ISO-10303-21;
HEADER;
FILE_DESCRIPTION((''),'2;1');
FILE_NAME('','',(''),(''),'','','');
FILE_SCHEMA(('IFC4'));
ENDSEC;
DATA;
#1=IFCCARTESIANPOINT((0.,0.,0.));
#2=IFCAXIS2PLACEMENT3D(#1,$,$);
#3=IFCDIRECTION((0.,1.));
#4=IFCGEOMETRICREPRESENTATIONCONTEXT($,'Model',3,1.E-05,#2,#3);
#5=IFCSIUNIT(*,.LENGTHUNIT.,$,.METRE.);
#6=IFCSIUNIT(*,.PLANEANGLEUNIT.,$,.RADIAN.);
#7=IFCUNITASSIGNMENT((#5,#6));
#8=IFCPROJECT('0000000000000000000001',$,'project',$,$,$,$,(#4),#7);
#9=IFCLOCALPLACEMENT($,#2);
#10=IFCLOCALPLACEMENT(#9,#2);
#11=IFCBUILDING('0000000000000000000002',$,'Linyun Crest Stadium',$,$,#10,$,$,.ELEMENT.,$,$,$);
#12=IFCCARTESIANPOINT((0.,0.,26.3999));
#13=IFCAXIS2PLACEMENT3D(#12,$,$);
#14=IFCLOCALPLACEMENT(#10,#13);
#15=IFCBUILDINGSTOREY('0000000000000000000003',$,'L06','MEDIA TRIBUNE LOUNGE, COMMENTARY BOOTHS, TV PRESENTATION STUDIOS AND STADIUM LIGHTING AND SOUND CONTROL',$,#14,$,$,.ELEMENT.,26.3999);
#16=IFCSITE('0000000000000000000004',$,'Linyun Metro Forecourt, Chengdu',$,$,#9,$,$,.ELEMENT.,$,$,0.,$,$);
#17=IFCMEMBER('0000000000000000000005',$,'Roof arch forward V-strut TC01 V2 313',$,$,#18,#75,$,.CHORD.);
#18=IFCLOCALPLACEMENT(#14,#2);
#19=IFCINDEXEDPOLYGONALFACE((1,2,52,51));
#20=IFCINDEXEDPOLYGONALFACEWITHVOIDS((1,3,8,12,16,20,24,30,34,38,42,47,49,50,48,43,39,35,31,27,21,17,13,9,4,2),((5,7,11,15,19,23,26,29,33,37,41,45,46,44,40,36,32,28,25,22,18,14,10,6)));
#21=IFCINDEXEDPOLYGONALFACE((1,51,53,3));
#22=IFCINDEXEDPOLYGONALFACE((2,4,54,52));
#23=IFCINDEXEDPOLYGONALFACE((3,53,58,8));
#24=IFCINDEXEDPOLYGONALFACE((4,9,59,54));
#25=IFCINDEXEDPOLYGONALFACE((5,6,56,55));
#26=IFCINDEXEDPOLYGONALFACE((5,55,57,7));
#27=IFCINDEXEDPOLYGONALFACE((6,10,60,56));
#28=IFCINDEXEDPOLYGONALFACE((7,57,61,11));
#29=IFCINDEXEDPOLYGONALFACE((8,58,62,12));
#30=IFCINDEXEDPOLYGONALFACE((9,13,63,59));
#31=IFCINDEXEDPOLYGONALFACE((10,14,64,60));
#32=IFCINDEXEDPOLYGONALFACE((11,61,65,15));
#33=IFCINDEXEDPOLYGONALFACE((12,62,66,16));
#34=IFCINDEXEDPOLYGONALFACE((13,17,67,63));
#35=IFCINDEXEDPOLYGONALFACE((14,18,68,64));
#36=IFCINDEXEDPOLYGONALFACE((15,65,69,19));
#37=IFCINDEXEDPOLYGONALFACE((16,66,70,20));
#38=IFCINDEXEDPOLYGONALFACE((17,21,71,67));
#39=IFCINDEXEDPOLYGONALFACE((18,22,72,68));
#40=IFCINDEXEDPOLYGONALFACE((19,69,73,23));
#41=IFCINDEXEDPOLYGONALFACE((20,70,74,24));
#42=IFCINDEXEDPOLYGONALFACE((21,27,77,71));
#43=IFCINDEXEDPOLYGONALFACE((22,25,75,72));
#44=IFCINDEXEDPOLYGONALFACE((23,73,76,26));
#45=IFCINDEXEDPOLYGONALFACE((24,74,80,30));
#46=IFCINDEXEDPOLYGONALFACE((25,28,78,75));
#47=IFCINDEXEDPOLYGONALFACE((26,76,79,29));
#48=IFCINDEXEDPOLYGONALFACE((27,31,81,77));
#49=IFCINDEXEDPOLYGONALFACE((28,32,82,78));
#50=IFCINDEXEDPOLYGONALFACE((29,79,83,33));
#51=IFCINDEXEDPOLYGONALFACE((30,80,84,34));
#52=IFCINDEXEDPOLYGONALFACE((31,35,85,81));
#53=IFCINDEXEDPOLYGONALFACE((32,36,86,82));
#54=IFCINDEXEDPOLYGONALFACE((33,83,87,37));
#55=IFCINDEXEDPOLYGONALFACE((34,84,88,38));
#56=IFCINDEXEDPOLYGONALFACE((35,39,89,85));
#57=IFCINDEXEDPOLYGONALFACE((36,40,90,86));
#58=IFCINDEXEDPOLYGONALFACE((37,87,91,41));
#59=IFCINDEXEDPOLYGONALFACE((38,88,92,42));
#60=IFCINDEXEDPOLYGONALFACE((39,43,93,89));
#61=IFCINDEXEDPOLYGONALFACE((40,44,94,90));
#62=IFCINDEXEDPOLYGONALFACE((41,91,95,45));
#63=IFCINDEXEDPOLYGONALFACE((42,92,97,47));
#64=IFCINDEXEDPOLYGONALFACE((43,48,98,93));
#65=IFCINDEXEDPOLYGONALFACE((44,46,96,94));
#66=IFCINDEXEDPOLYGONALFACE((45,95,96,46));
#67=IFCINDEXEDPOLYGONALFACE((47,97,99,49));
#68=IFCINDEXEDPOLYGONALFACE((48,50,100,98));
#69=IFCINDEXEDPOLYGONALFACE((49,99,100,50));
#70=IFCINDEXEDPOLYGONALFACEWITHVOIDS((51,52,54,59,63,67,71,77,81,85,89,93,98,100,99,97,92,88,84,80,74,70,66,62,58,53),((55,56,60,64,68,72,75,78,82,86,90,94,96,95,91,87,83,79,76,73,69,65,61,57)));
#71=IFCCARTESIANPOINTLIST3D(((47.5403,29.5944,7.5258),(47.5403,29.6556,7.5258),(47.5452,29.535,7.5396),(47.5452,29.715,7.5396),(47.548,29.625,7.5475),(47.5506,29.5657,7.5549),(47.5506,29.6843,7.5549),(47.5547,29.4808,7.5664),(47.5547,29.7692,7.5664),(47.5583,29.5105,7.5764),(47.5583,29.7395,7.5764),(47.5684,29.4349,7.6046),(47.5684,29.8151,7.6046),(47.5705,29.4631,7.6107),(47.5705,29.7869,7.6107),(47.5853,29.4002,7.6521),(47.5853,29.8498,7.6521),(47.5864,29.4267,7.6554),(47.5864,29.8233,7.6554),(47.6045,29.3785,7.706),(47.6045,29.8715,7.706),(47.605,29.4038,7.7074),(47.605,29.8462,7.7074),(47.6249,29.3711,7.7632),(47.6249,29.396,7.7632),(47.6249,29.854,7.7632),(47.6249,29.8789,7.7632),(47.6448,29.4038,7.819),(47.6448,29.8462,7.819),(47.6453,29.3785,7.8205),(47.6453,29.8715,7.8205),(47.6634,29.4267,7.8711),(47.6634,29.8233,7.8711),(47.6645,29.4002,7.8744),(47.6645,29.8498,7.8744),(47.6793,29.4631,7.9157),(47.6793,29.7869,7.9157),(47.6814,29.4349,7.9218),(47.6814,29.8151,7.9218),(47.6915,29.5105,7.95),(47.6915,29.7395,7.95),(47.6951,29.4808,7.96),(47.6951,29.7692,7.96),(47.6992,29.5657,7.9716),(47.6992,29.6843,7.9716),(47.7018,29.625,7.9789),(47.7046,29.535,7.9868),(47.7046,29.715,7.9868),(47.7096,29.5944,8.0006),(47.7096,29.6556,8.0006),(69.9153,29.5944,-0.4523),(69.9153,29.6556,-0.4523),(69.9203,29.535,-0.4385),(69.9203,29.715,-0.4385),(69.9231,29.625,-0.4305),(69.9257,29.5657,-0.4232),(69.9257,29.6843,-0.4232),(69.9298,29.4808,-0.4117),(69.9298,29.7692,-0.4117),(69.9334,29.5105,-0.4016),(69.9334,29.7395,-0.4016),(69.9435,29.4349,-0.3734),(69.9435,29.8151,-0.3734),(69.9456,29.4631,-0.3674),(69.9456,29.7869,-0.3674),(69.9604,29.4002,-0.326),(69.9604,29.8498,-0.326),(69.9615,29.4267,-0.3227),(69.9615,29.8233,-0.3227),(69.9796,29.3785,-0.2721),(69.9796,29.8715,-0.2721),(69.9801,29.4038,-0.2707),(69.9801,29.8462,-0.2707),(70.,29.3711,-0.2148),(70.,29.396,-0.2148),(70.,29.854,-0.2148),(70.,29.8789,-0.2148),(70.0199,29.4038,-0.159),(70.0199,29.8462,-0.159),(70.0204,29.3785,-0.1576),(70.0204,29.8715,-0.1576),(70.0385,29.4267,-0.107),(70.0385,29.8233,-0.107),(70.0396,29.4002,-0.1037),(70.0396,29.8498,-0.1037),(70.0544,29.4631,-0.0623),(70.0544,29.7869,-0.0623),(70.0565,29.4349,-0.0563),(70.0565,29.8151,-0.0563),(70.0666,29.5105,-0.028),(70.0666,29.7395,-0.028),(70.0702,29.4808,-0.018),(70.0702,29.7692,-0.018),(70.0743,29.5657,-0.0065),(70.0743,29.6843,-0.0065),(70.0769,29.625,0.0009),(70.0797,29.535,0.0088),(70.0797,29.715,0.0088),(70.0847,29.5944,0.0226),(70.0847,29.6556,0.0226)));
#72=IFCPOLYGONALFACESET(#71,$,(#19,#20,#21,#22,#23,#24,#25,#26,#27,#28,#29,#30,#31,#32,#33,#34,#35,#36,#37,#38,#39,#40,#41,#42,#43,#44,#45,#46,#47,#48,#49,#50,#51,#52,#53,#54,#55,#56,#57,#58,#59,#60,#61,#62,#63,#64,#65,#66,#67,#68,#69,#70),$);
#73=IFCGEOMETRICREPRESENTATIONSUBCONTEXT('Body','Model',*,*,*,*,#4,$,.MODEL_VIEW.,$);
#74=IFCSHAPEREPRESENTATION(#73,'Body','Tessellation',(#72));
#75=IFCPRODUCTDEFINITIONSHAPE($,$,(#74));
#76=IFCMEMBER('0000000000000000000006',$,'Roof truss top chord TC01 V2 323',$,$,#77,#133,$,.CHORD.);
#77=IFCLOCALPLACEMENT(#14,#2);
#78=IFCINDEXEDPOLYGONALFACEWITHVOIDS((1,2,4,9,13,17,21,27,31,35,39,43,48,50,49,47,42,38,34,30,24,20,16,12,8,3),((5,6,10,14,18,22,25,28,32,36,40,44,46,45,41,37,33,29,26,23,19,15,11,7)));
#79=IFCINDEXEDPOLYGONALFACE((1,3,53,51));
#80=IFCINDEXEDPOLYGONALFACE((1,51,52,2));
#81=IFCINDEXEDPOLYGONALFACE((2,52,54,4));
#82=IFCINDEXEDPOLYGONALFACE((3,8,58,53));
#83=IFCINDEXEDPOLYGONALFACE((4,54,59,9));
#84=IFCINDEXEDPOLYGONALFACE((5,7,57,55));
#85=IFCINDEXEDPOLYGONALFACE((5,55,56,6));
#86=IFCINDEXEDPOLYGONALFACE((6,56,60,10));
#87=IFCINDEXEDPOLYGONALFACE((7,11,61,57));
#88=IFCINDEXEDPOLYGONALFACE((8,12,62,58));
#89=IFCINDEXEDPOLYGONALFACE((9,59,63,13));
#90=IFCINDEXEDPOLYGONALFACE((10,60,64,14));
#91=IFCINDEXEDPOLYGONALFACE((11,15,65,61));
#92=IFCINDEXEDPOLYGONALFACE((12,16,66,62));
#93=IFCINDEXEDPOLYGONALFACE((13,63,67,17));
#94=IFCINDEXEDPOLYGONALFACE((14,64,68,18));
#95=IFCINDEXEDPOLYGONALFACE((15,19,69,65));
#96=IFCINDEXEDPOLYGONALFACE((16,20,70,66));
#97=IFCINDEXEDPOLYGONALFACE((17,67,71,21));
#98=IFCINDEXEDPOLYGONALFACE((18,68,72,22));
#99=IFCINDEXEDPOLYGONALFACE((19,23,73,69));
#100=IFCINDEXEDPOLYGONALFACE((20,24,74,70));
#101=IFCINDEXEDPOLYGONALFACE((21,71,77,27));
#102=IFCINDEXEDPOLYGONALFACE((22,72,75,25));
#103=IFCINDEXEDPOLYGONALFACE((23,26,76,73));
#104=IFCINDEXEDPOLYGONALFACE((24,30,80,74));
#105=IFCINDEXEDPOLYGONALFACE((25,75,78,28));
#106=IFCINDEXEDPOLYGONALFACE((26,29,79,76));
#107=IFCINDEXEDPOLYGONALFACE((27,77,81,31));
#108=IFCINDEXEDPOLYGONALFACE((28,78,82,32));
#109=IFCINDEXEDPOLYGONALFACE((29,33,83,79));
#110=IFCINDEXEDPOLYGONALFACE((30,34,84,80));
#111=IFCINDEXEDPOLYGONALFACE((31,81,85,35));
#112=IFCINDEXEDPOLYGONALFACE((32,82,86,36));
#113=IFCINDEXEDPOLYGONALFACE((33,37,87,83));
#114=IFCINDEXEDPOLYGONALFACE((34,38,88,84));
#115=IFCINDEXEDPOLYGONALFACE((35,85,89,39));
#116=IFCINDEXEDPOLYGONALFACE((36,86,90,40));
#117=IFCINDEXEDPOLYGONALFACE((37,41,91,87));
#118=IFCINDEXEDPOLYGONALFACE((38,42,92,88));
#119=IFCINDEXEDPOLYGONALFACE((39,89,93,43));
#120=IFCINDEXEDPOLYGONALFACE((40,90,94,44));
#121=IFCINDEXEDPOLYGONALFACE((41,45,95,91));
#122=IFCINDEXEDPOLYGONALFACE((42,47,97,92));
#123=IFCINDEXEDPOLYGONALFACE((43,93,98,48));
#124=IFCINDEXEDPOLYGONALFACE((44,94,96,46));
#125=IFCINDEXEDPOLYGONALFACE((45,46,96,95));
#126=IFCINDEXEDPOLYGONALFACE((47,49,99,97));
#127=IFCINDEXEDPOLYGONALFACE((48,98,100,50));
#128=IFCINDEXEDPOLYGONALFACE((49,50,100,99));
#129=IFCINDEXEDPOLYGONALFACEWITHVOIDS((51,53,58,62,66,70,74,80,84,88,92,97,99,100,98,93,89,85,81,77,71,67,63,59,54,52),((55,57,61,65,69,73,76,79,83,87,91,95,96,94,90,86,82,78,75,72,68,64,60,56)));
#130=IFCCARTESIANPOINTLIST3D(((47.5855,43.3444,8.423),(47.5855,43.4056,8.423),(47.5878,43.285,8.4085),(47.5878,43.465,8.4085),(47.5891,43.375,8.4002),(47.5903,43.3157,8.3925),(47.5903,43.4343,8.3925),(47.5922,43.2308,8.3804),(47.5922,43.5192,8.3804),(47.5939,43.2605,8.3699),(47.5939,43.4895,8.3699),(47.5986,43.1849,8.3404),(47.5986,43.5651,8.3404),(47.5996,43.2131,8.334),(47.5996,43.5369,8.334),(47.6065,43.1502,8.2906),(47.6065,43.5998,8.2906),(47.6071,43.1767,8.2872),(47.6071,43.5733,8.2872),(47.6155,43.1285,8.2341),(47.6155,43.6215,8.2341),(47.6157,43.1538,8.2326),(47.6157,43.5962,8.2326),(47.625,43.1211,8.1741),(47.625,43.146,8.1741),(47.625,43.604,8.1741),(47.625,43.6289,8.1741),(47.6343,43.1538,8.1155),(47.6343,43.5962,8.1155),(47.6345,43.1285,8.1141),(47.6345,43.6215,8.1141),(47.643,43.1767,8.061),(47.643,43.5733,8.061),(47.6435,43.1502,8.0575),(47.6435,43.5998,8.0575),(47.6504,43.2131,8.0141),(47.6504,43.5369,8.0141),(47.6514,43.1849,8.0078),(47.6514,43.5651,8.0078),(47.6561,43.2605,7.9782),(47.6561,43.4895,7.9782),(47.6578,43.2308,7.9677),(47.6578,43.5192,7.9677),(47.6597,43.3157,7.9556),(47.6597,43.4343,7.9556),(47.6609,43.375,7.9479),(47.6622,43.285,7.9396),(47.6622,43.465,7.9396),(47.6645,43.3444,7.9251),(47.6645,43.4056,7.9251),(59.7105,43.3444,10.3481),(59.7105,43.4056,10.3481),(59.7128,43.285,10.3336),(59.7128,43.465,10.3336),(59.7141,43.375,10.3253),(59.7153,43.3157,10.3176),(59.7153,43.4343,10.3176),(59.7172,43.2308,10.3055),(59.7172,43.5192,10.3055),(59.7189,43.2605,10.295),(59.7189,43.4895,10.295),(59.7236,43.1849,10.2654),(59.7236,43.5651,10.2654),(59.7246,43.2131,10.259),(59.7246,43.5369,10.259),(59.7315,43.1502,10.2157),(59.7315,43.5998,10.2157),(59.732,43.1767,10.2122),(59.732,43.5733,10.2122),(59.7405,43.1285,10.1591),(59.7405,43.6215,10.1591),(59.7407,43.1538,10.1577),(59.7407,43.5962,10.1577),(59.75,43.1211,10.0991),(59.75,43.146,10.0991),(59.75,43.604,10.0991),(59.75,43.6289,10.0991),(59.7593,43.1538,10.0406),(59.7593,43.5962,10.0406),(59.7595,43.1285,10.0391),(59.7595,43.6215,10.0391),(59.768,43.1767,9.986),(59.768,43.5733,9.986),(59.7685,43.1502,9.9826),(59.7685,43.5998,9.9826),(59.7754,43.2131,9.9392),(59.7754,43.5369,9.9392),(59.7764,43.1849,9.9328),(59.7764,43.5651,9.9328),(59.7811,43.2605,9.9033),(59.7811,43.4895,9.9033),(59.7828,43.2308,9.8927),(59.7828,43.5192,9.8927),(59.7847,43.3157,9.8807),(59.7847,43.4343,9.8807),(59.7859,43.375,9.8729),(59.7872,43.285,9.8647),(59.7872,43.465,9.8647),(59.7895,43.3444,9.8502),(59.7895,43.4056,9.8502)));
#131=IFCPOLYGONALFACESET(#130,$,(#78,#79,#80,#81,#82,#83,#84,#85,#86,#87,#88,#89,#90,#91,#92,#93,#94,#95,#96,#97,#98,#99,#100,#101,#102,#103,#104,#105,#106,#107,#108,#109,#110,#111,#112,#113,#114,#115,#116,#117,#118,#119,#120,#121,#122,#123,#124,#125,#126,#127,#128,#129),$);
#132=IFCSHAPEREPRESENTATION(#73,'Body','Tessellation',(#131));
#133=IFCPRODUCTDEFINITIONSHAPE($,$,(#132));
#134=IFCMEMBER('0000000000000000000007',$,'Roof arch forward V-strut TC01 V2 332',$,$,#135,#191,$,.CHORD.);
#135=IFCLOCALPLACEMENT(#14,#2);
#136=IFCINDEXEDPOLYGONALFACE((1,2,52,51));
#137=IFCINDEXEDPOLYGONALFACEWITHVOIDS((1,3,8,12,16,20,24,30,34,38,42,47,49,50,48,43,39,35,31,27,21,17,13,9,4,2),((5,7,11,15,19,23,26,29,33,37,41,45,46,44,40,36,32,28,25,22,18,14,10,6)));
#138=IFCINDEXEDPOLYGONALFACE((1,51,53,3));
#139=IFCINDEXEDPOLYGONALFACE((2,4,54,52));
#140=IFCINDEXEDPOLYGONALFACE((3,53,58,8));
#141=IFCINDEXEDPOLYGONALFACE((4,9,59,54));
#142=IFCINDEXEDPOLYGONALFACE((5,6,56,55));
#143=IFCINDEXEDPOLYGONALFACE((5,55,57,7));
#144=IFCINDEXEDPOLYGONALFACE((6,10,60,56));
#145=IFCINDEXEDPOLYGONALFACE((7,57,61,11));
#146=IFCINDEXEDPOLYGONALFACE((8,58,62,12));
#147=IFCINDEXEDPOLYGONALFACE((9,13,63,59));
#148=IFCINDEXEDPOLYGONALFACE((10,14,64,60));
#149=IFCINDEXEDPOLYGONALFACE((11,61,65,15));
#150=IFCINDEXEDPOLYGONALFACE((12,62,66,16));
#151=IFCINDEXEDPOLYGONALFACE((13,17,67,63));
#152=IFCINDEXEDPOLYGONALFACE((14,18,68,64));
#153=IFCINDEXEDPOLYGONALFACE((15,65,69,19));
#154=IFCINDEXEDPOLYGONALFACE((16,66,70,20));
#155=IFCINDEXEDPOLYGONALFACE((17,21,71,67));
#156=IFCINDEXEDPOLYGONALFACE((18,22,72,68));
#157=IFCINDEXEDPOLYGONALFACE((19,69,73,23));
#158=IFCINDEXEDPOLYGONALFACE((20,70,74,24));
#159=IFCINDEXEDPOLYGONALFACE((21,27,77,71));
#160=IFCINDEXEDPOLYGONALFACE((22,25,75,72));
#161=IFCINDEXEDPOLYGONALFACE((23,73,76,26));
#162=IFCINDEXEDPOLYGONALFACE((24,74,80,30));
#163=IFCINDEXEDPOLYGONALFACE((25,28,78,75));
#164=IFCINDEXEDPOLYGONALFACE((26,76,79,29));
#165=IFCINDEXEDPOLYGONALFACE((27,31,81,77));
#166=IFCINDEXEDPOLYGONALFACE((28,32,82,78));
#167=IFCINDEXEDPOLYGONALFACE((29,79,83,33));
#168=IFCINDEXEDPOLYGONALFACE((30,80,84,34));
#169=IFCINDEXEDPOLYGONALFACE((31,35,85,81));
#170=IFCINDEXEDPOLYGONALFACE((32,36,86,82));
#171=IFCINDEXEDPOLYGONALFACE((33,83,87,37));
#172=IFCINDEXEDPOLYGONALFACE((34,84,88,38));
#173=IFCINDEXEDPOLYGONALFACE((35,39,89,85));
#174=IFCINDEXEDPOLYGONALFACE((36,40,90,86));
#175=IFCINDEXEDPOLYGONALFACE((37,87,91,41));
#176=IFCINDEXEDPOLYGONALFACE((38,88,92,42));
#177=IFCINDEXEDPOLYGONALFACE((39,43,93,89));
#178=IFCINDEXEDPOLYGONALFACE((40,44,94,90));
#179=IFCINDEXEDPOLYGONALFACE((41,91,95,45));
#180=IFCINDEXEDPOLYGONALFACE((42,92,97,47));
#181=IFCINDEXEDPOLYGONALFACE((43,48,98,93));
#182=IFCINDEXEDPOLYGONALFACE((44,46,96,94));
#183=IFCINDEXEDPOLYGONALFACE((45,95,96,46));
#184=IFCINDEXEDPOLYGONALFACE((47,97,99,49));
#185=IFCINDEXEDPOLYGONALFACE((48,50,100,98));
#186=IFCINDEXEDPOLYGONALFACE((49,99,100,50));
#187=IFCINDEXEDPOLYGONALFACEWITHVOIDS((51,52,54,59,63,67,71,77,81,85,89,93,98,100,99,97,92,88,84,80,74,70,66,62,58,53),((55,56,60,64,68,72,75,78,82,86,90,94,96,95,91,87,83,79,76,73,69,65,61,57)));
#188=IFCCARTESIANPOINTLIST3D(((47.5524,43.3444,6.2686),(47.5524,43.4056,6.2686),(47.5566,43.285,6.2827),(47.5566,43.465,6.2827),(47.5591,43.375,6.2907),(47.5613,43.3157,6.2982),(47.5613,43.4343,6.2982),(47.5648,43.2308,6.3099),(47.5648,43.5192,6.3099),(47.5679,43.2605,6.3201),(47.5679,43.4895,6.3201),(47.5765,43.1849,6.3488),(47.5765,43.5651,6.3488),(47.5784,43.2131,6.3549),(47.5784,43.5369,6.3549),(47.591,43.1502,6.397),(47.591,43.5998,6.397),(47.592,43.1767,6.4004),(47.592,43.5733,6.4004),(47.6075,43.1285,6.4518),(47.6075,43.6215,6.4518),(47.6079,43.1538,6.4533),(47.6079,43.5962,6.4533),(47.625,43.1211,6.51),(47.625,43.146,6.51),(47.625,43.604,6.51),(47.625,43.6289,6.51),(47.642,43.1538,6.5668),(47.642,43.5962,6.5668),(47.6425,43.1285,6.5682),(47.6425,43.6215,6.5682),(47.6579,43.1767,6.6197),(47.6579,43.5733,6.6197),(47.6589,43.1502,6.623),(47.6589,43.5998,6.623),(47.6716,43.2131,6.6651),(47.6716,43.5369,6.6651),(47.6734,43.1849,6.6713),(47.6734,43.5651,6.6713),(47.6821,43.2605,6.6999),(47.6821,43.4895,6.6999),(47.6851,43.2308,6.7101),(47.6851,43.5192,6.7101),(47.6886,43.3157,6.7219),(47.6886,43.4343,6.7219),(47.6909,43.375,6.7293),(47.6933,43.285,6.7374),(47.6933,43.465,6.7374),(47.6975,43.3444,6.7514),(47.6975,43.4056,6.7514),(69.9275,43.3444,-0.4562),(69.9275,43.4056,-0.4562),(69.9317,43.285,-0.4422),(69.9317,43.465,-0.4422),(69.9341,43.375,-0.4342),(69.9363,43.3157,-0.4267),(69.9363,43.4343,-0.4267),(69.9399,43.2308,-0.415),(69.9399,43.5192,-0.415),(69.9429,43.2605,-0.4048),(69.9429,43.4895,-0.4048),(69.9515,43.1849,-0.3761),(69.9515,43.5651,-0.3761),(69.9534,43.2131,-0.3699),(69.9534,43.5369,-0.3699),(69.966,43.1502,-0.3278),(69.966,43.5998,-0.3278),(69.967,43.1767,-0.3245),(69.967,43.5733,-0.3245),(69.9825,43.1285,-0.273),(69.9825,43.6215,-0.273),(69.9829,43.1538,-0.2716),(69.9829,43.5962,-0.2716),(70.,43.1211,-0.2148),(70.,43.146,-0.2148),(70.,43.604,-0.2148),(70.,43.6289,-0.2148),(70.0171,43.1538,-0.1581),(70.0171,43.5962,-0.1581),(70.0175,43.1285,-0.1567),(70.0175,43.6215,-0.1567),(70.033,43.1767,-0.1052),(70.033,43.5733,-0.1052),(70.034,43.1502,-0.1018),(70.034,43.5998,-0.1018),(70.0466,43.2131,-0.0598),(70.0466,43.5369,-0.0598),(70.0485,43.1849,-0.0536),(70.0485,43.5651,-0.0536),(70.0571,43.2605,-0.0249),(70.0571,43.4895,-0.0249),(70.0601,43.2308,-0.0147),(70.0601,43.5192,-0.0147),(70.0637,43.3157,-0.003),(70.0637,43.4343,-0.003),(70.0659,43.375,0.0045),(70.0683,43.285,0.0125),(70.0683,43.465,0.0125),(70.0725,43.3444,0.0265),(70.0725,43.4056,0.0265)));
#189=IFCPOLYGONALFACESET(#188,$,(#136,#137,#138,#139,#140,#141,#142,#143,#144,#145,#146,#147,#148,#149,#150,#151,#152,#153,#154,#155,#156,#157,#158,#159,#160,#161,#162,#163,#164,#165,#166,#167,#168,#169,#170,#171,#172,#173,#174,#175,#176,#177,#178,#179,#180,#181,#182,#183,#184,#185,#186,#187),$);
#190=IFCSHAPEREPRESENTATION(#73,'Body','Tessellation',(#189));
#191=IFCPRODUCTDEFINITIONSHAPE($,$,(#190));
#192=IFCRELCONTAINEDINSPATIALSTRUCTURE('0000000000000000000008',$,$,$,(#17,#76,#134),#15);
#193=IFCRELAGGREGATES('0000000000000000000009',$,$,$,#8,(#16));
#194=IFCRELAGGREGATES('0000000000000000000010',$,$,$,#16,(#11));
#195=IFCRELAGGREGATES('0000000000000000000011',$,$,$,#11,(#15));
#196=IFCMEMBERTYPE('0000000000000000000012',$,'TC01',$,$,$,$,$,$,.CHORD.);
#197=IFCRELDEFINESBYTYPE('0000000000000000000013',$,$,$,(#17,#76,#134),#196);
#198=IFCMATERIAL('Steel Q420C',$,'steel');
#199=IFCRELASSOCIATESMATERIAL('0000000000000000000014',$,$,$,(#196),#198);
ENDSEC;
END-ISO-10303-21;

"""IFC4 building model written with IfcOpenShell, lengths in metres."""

from ifc_helpers import new_model, si_unit, direction, frame, origin, origin_2d, place, context, subcontext, project, spatial, hollow_circle, extrude, material, material_profile, profile_set, type_object, element, save


model = new_model("IFC4")

# Units and contexts
model_context = context("Model", 3, precision=1e-05, world=origin(), true_north=direction((0.0, 1.0)))
body_context = subcontext(model_context, "Body", "Model", "MODEL_VIEW")
ifc_project = project(units=[si_unit("LENGTHUNIT", "METRE"), si_unit("PLANEANGLEUNIT", "RADIAN")], contexts=[model_context])

# Site, building, storey
site_placement = place(None, origin())
site = spatial("IfcSite", under=ifc_project, at=site_placement, Name="Linyun Metro Forecourt, Chengdu", CompositionType="ELEMENT", RefElevation=0.0)
building_placement = place(site_placement, origin())
building = spatial("IfcBuilding", under=site, at=building_placement, Name="Linyun Crest Stadium", CompositionType="ELEMENT")
storey_placement = place(building_placement, frame((0.0, 0.0, 26.3999)))
storey = spatial("IfcBuildingStorey", under=building, at=storey_placement, Name="L06", Description="MEDIA TRIBUNE LOUNGE, COMMENTARY BOOTHS, TV PRESENTATION STUDIOS AND STADIUM LIGHTING AND SOUND CONTROL", CompositionType="ELEMENT", Elevation=26.3999)

# Members
ifc_material_1 = material(Name="Steel Q420C", Category="steel")
ifc_material_profile_1 = material_profile(ifc_material_1, hollow_circle(Radius=0.2539, WallThickness=0.0249, at=origin_2d()), Name="CHS 508x25")
ifc_profile_set_1 = profile_set([ifc_material_profile_1], Name="Steel Q420C")
member_type_1 = type_object("IfcMemberType", Name="TC01", PredefinedType="CHORD", material=ifc_profile_set_1)
member_1_placement = place(storey_placement, frame((70.0, 29.625, -0.2148), z_axis=(-0.941916, 0.0, 0.335849), x_axis=(0.0, -1.0, 0.0)))
element("IfcMember", 1, at=member_1_placement, inside=storey, type_object=member_type_1, Name="Roof arch forward V-strut TC01 V2 313", PredefinedType="CHORD", context=body_context, shape_type="SweptSolid", body=[
    extrude(hollow_circle(Radius=0.2539, WallThickness=0.0249, at=origin_2d()), origin(), (0.0, 0.0, 1.0), 23.7549),
])
member_2_placement = place(storey_placement, frame((59.75, 43.375, 10.0991), z_axis=(-0.98763, 0.0, -0.156803), x_axis=(0.0, -1.0, 0.0)))
element("IfcMember", 2, at=member_2_placement, inside=storey, type_object=member_type_1, Name="Roof truss top chord TC01 V2 323", PredefinedType="CHORD", context=body_context, shape_type="SweptSolid", body=[
    extrude(hollow_circle(Radius=0.2539, WallThickness=0.0249, at=origin_2d()), origin(), (0.0, 0.0, 1.0), 12.2769),
])
member_3_placement = place(storey_placement, frame((70.0, 43.375, -0.2148), z_axis=(-0.957681, 0.0, 0.287833), x_axis=(0.0, -1.0, 0.0)))
element("IfcMember", 3, at=member_3_placement, inside=storey, type_object=member_type_1, Name="Roof arch forward V-strut TC01 V2 332", PredefinedType="CHORD", context=body_context, shape_type="SweptSolid", body=[
    extrude(hollow_circle(Radius=0.2539, WallThickness=0.0249, at=origin_2d()), origin(), (0.0, 0.0, 1.0), 23.3638),
])

save(model, "model.ifc")
